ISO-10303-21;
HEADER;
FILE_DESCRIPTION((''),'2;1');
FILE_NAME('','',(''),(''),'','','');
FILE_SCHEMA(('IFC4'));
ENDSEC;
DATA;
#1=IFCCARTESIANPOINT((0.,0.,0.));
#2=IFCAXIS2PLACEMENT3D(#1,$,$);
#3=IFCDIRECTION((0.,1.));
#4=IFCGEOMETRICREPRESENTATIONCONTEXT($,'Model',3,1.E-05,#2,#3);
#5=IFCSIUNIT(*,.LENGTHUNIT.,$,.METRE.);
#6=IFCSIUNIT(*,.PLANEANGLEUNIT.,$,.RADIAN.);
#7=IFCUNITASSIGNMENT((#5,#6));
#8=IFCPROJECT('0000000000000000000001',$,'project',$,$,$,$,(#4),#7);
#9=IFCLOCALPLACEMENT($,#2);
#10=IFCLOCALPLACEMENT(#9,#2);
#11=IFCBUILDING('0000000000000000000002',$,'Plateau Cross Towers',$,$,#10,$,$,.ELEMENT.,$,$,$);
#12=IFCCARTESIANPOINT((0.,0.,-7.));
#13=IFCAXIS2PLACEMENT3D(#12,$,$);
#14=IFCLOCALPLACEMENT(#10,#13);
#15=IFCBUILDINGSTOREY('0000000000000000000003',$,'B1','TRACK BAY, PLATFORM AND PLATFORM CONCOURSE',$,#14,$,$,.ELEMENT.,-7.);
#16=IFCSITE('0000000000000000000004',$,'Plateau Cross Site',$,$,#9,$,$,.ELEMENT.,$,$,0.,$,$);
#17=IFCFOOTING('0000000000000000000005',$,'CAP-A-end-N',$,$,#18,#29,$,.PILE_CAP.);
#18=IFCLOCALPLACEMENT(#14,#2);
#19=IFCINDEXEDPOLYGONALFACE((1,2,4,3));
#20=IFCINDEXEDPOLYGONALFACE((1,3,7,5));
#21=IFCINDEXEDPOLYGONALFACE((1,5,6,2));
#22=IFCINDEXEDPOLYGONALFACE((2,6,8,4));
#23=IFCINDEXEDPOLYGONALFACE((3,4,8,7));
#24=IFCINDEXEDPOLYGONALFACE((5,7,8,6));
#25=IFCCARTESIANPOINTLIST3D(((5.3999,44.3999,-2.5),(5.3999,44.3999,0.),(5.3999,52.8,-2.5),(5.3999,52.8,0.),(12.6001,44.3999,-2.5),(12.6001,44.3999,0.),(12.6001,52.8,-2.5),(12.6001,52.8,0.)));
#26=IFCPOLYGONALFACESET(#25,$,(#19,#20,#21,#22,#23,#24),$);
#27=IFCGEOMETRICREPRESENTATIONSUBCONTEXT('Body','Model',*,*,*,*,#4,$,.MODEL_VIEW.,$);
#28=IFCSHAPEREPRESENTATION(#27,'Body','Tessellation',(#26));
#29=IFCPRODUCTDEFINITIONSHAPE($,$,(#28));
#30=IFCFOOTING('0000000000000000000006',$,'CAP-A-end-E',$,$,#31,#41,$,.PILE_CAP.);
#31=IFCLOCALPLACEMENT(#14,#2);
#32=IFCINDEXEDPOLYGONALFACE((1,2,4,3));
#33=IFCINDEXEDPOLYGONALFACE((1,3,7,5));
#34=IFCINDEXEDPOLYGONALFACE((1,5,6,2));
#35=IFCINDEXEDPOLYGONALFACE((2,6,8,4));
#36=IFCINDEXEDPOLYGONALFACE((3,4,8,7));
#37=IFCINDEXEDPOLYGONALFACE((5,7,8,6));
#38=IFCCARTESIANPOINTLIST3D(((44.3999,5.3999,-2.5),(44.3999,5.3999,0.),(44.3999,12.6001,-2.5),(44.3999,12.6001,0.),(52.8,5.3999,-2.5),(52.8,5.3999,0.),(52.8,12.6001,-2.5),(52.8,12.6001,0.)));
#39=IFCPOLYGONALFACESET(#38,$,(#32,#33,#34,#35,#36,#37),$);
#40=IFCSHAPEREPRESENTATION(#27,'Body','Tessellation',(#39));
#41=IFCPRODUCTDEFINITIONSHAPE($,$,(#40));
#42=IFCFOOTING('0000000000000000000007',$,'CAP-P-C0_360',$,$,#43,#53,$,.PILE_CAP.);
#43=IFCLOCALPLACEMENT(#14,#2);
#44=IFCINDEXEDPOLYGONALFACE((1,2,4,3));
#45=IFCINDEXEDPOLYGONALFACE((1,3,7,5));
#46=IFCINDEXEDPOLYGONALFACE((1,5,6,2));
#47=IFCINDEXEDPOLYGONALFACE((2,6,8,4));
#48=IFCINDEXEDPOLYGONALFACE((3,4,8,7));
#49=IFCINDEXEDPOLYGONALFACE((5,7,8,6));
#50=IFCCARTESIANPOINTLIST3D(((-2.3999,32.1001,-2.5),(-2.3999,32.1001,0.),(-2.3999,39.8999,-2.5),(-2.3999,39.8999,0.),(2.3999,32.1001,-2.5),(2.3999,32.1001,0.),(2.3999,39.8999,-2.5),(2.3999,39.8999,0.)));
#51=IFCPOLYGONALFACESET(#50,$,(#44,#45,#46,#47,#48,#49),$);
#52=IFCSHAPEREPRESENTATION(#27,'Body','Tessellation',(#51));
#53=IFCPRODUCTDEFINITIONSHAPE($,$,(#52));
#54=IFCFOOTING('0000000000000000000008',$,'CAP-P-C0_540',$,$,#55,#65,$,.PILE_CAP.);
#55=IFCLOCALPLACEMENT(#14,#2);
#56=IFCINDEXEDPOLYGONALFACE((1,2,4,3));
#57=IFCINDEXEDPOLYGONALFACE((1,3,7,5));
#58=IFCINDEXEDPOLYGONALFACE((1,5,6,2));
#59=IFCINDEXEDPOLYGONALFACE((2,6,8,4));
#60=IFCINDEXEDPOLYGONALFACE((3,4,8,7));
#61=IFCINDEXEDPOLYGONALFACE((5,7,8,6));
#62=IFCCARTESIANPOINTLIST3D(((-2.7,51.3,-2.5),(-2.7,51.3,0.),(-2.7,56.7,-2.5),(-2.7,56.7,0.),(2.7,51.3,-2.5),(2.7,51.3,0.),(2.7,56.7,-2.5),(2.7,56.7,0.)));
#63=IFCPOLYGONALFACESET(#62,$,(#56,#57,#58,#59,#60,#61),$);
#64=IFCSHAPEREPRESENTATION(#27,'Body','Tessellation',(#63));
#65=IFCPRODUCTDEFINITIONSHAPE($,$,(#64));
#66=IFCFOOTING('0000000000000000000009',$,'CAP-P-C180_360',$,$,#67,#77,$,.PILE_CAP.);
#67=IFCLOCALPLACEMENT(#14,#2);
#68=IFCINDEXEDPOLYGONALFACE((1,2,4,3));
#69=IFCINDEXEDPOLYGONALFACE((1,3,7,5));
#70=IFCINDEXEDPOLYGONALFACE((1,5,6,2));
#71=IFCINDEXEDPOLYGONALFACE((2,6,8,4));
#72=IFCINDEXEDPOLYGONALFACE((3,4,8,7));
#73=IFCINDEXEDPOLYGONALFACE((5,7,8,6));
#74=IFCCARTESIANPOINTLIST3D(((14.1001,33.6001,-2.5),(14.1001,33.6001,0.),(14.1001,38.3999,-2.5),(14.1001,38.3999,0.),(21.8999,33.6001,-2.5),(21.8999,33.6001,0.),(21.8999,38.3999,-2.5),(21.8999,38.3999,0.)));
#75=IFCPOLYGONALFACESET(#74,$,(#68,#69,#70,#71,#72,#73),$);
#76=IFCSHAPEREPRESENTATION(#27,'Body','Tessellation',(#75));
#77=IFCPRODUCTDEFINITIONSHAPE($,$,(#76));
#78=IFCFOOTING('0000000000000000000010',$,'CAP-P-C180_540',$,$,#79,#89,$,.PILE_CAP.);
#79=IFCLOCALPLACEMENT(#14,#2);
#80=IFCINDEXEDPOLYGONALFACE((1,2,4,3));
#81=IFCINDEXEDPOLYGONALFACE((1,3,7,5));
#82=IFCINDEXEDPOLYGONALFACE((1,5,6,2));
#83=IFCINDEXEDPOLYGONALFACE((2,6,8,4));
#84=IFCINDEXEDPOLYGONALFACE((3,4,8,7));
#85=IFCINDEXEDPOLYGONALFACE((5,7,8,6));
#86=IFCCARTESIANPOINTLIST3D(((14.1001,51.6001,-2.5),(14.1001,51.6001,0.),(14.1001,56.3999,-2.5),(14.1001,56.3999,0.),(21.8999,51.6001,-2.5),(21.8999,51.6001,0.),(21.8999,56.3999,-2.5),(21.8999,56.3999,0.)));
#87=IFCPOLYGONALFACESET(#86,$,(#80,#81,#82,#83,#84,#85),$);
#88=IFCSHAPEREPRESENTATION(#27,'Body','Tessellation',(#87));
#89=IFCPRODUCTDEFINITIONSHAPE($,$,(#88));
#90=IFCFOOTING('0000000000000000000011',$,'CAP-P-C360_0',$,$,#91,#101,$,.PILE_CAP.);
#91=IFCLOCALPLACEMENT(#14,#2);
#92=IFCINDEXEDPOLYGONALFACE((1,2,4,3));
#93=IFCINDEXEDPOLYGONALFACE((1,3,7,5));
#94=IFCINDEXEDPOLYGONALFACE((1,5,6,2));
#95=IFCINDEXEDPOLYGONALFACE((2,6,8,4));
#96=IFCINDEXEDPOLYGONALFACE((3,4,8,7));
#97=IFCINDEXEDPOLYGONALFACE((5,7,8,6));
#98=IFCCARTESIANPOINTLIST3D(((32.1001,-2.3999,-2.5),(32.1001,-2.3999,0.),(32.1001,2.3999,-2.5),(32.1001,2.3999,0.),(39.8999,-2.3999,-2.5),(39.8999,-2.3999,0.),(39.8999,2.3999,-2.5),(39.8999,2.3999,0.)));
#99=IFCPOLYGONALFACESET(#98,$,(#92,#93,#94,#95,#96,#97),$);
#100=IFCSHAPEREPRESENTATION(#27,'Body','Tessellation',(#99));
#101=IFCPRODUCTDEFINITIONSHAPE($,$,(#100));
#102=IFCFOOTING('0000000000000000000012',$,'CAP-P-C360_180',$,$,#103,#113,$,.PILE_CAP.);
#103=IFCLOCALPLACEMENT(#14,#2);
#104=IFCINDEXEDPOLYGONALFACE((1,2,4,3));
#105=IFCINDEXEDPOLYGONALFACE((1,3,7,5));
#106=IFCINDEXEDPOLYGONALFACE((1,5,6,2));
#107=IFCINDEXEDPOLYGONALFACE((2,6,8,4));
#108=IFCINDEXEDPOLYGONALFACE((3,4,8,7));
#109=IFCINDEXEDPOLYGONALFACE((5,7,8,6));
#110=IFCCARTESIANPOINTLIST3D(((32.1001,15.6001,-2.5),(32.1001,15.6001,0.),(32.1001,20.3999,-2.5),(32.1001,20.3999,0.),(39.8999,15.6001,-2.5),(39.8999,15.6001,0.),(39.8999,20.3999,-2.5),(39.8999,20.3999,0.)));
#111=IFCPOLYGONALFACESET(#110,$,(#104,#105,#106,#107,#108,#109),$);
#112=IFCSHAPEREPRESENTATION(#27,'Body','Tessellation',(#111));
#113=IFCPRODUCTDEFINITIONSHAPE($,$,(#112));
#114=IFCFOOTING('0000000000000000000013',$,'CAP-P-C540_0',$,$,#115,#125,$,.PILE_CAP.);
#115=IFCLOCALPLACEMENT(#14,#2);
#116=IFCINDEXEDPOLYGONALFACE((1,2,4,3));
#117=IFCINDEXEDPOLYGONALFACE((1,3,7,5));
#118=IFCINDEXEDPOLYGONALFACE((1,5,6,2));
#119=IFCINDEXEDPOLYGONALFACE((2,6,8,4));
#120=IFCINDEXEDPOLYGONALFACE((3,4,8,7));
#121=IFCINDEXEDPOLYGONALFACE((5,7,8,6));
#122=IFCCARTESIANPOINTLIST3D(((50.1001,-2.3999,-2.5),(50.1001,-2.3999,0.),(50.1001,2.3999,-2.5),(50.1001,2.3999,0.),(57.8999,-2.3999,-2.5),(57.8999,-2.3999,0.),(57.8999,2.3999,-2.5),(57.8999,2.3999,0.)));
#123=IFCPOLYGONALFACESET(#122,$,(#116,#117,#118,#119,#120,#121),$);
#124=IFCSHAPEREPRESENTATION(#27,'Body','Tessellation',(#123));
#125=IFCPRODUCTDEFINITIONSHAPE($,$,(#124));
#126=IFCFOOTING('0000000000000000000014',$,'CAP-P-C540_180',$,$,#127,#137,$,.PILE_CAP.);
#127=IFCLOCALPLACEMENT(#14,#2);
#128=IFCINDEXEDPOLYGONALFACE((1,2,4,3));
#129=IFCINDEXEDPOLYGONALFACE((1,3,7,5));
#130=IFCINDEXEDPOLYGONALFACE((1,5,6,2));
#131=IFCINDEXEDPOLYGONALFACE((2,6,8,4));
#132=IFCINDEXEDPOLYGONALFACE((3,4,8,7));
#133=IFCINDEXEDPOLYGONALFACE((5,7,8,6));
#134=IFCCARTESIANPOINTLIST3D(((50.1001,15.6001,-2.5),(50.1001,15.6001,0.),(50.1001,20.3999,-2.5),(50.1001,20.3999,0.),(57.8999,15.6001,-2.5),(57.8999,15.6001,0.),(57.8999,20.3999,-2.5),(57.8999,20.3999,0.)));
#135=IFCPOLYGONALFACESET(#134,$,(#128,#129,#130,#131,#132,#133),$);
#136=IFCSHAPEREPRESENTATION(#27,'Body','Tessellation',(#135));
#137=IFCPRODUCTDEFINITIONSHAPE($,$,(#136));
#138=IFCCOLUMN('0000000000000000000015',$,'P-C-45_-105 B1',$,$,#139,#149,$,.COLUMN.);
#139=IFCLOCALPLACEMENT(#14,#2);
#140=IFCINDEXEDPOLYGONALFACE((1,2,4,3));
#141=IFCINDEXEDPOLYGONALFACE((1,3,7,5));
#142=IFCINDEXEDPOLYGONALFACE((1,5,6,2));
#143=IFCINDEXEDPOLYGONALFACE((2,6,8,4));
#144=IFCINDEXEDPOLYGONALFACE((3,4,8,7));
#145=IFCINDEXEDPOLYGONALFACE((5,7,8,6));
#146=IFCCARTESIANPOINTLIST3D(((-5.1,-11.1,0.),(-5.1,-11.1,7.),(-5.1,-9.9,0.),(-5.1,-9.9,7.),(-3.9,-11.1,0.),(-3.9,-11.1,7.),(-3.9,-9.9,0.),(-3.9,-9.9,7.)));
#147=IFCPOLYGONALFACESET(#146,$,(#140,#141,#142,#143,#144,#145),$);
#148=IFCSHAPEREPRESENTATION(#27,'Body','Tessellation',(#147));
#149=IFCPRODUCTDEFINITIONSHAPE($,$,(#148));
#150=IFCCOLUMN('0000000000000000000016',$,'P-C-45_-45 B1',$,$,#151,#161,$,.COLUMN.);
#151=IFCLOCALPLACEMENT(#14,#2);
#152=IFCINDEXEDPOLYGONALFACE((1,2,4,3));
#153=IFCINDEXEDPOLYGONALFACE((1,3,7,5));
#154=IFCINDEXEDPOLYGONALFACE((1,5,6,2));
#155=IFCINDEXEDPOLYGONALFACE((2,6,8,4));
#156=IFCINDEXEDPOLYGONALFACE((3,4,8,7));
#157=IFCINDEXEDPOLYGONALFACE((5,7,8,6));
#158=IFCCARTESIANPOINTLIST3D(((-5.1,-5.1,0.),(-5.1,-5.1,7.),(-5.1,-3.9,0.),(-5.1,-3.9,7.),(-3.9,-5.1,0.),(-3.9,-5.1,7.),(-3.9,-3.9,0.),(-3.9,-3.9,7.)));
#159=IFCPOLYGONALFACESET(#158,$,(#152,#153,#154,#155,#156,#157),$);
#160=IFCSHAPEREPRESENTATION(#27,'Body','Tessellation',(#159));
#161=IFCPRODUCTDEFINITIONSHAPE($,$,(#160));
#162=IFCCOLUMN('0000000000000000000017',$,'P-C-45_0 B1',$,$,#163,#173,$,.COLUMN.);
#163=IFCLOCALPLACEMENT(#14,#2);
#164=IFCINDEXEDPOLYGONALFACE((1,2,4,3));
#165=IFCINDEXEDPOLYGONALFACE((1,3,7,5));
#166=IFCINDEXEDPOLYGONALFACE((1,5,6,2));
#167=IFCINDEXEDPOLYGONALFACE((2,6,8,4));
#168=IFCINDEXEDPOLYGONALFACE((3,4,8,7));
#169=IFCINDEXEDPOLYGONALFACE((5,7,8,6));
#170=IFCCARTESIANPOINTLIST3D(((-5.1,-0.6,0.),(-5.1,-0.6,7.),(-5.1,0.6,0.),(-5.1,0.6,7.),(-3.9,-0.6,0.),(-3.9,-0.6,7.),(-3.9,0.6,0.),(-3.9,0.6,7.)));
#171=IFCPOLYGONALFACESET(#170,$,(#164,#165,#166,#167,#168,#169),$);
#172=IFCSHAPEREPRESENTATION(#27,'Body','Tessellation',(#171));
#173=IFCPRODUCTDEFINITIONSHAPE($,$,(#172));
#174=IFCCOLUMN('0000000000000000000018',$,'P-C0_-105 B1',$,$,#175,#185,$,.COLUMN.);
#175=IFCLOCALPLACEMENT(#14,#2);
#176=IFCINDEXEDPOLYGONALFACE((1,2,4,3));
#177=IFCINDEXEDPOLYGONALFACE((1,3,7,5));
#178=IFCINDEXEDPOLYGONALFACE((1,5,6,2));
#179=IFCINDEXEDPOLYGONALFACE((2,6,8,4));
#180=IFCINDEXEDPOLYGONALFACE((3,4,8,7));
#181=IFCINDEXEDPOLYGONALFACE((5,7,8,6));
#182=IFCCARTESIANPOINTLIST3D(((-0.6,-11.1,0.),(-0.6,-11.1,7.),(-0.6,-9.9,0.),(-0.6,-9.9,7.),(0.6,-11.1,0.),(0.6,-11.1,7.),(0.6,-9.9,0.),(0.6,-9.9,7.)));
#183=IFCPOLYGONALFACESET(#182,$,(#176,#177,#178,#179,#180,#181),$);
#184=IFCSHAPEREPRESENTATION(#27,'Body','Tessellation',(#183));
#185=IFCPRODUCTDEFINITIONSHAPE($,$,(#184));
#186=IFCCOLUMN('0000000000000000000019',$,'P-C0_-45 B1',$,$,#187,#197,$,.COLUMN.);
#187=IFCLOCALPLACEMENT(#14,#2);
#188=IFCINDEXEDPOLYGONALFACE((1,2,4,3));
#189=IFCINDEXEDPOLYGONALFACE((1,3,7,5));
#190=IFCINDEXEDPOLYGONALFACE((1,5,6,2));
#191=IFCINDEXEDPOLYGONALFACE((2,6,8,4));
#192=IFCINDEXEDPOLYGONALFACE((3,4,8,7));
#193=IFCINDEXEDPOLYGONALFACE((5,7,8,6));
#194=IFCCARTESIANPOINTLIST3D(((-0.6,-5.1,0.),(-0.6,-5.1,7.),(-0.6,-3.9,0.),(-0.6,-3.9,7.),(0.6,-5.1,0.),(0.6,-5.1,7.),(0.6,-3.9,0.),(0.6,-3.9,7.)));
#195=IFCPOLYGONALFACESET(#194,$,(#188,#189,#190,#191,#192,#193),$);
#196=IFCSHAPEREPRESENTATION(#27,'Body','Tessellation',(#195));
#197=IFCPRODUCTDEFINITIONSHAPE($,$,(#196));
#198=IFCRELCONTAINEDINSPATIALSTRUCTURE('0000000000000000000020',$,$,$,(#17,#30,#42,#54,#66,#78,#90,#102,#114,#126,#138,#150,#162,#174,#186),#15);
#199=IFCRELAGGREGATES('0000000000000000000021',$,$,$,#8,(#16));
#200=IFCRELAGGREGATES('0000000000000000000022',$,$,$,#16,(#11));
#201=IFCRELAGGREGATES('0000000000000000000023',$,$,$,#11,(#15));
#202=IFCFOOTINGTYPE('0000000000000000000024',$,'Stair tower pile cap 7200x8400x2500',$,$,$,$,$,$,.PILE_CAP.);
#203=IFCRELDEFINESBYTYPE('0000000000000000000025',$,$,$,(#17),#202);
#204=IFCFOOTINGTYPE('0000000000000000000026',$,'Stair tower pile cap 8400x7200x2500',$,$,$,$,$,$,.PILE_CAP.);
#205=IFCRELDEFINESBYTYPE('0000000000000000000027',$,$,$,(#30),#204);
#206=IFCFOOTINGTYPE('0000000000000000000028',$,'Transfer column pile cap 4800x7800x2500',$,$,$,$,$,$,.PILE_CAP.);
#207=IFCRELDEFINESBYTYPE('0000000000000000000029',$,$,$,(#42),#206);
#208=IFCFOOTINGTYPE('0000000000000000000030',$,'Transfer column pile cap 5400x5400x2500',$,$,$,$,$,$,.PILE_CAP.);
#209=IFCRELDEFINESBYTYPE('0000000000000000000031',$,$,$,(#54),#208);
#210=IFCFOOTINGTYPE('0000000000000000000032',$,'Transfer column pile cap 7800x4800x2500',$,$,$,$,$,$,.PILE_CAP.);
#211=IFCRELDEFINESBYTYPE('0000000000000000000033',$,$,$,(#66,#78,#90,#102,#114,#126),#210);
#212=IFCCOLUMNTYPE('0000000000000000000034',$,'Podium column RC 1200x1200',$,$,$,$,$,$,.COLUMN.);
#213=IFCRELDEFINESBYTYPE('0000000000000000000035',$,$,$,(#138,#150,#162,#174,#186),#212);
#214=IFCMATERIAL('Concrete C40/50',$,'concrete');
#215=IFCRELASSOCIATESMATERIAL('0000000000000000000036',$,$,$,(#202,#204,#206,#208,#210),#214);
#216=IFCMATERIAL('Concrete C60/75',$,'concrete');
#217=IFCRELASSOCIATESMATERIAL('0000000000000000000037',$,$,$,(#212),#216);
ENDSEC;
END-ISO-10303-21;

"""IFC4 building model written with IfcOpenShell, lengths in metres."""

from ifc_helpers import new_model, si_unit, direction, frame, origin, origin_2d, place, context, subcontext, project, spatial, polyline, rectangle, outline, extrude, material, material_profile, profile_set, type_object, element, save


model = new_model("IFC4")

# Units and contexts
model_context = context("Model", 3, precision=1e-05, world=origin(), true_north=direction((0.0, 1.0)))
body_context = subcontext(model_context, "Body", "Model", "MODEL_VIEW")
ifc_project = project(units=[si_unit("LENGTHUNIT", "METRE"), si_unit("PLANEANGLEUNIT", "RADIAN")], contexts=[model_context])

# Site, building, storey
site_placement = place(None, origin())
site = spatial("IfcSite", under=ifc_project, at=site_placement, Name="Plateau Cross Site", CompositionType="ELEMENT", RefElevation=0.0)
building_placement = place(site_placement, origin())
building = spatial("IfcBuilding", under=site, at=building_placement, Name="Plateau Cross Towers", CompositionType="ELEMENT")
storey_placement = place(building_placement, frame((0.0, 0.0, -7.0)))
storey = spatial("IfcBuildingStorey", under=building, at=storey_placement, Name="B1", Description="TRACK BAY, PLATFORM AND PLATFORM CONCOURSE", CompositionType="ELEMENT", Elevation=-7.0)

# Shared definitions
ifc_material_1 = material(Name="Concrete C40/50", Category="concrete")

# Footings
footing_type_1 = type_object("IfcFootingType", Name="Stair tower pile cap 7200x8400x2500", PredefinedType="PILE_CAP", material=ifc_material_1)
footing_1_placement = place(storey_placement, frame((0.0, 0.0, -2.5)))
element("IfcFooting", 1, at=footing_1_placement, inside=storey, type_object=footing_type_1, Name="CAP-A-end-N", PredefinedType="PILE_CAP", context=body_context, shape_type="SweptSolid", body=[
    extrude(outline(polyline([(12.6001, 44.3999), (12.6001, 52.8), (5.3999, 52.8), (5.3999, 44.3999), (12.6001, 44.3999)])), origin(), (0.0, 0.0, 1.0), 2.5),
])
footing_type_2 = type_object("IfcFootingType", Name="Stair tower pile cap 8400x7200x2500", PredefinedType="PILE_CAP", material=ifc_material_1)
footing_2_placement = place(storey_placement, frame((0.0, 0.0, -2.5)))
element("IfcFooting", 2, at=footing_2_placement, inside=storey, type_object=footing_type_2, Name="CAP-A-end-E", PredefinedType="PILE_CAP", context=body_context, shape_type="SweptSolid", body=[
    extrude(outline(polyline([(52.8, 5.3999), (52.8, 12.6001), (44.3999, 12.6001), (44.3999, 5.3999), (52.8, 5.3999)])), origin(), (0.0, 0.0, 1.0), 2.5),
])
footing_type_3 = type_object("IfcFootingType", Name="Transfer column pile cap 4800x7800x2500", PredefinedType="PILE_CAP", material=ifc_material_1)
footing_3_placement = place(storey_placement, frame((0.0, 0.0, -2.5)))
element("IfcFooting", 3, at=footing_3_placement, inside=storey, type_object=footing_type_3, Name="CAP-P-C0_360", PredefinedType="PILE_CAP", context=body_context, shape_type="SweptSolid", body=[
    extrude(outline(polyline([(2.3999, 32.1001), (2.3999, 39.8999), (-2.3999, 39.8999), (-2.3999, 32.1001), (2.3999, 32.1001)])), origin(), (0.0, 0.0, 1.0), 2.5),
])
footing_type_4 = type_object("IfcFootingType", Name="Transfer column pile cap 5400x5400x2500", PredefinedType="PILE_CAP", material=ifc_material_1)
footing_4_placement = place(storey_placement, frame((0.0, 0.0, -2.5)))
element("IfcFooting", 4, at=footing_4_placement, inside=storey, type_object=footing_type_4, Name="CAP-P-C0_540", PredefinedType="PILE_CAP", context=body_context, shape_type="SweptSolid", body=[
    extrude(outline(polyline([(2.7, 51.3), (2.7, 56.7), (-2.7, 56.7), (-2.7, 51.3), (2.7, 51.3)])), origin(), (0.0, 0.0, 1.0), 2.5),
])
footing_type_5 = type_object("IfcFootingType", Name="Transfer column pile cap 7800x4800x2500", PredefinedType="PILE_CAP", material=ifc_material_1)
footing_5_placement = place(storey_placement, frame((0.0, 0.0, -2.5)))
element("IfcFooting", 5, at=footing_5_placement, inside=storey, type_object=footing_type_5, Name="CAP-P-C180_360", PredefinedType="PILE_CAP", context=body_context, shape_type="SweptSolid", body=[
    extrude(outline(polyline([(21.8999, 33.6001), (21.8999, 38.3999), (14.1001, 38.3999), (14.1001, 33.6001), (21.8999, 33.6001)])), origin(), (0.0, 0.0, 1.0), 2.5),
])
footing_6_placement = place(storey_placement, frame((0.0, 0.0, -2.5)))
element("IfcFooting", 6, at=footing_6_placement, inside=storey, type_object=footing_type_5, Name="CAP-P-C180_540", PredefinedType="PILE_CAP", context=body_context, shape_type="SweptSolid", body=[
    extrude(outline(polyline([(21.8999, 51.6001), (21.8999, 56.3999), (14.1001, 56.3999), (14.1001, 51.6001), (21.8999, 51.6001)])), origin(), (0.0, 0.0, 1.0), 2.5),
])
footing_7_placement = place(storey_placement, frame((0.0, 0.0, -2.5)))
element("IfcFooting", 7, at=footing_7_placement, inside=storey, type_object=footing_type_5, Name="CAP-P-C360_0", PredefinedType="PILE_CAP", context=body_context, shape_type="SweptSolid", body=[
    extrude(outline(polyline([(39.8999, -2.3999), (39.8999, 2.3999), (32.1001, 2.3999), (32.1001, -2.3999), (39.8999, -2.3999)])), origin(), (0.0, 0.0, 1.0), 2.5),
])
footing_8_placement = place(storey_placement, frame((0.0, 0.0, -2.5)))
element("IfcFooting", 8, at=footing_8_placement, inside=storey, type_object=footing_type_5, Name="CAP-P-C360_180", PredefinedType="PILE_CAP", context=body_context, shape_type="SweptSolid", body=[
    extrude(outline(polyline([(39.8999, 15.6001), (39.8999, 20.3999), (32.1001, 20.3999), (32.1001, 15.6001), (39.8999, 15.6001)])), origin(), (0.0, 0.0, 1.0), 2.5),
])
footing_9_placement = place(storey_placement, frame((0.0, 0.0, -2.5)))
element("IfcFooting", 9, at=footing_9_placement, inside=storey, type_object=footing_type_5, Name="CAP-P-C540_0", PredefinedType="PILE_CAP", context=body_context, shape_type="SweptSolid", body=[
    extrude(outline(polyline([(57.8999, -2.3999), (57.8999, 2.3999), (50.1001, 2.3999), (50.1001, -2.3999), (57.8999, -2.3999)])), origin(), (0.0, 0.0, 1.0), 2.5),
])
footing_10_placement = place(storey_placement, frame((0.0, 0.0, -2.5)))
element("IfcFooting", 10, at=footing_10_placement, inside=storey, type_object=footing_type_5, Name="CAP-P-C540_180", PredefinedType="PILE_CAP", context=body_context, shape_type="SweptSolid", body=[
    extrude(outline(polyline([(57.8999, 15.6001), (57.8999, 20.3999), (50.1001, 20.3999), (50.1001, 15.6001), (57.8999, 15.6001)])), origin(), (0.0, 0.0, 1.0), 2.5),
])

# Columns
ifc_material_2 = material(Name="Concrete C60/75", Category="concrete")
ifc_material_profile_1 = material_profile(ifc_material_2, rectangle(XDim=1.2, YDim=1.2, at=origin_2d()), Name="RC 1200x1200")
ifc_profile_set_1 = profile_set([ifc_material_profile_1], Name="Concrete C60/75")
column_type = type_object("IfcColumnType", Name="Podium column RC 1200x1200", PredefinedType="COLUMN", material=ifc_profile_set_1)
for number, where, z_axis, x_axis, name in (
    (11, (-4.5, -10.5, 0.0), (0.0, 0.0, 1.0), (1.0, 0.0, 0.0), "P-C-45_-105 B1"),
    (12, (-4.5, -4.5, 0.0), (0.0, 0.0, 1.0), (1.0, 0.0, 0.0), "P-C-45_-45 B1"),
    (13, (-4.5, 0.0, 0.0), (0.0, 0.0, 1.0), (1.0, 0.0, 0.0), "P-C-45_0 B1"),
    (14, (0.0, -10.5, 0.0), (0.0, 0.0, 1.0), (1.0, 0.0, 0.0), "P-C0_-105 B1"),
    (15, (0.0, -4.5, 0.0), (0.0, 0.0, 1.0), (1.0, 0.0, 0.0), "P-C0_-45 B1"),
):
    element("IfcColumn", number, at=place(storey_placement, frame(where, z_axis=z_axis, x_axis=x_axis)), inside=storey, type_object=column_type, Name=name, PredefinedType="COLUMN", context=body_context, shape_type="SweptSolid", body=[
        extrude(rectangle(XDim=1.2, YDim=1.2, at=origin_2d()), origin(), (0.0, 0.0, 1.0), 7.0),
    ])

save(model, "model.ifc")
